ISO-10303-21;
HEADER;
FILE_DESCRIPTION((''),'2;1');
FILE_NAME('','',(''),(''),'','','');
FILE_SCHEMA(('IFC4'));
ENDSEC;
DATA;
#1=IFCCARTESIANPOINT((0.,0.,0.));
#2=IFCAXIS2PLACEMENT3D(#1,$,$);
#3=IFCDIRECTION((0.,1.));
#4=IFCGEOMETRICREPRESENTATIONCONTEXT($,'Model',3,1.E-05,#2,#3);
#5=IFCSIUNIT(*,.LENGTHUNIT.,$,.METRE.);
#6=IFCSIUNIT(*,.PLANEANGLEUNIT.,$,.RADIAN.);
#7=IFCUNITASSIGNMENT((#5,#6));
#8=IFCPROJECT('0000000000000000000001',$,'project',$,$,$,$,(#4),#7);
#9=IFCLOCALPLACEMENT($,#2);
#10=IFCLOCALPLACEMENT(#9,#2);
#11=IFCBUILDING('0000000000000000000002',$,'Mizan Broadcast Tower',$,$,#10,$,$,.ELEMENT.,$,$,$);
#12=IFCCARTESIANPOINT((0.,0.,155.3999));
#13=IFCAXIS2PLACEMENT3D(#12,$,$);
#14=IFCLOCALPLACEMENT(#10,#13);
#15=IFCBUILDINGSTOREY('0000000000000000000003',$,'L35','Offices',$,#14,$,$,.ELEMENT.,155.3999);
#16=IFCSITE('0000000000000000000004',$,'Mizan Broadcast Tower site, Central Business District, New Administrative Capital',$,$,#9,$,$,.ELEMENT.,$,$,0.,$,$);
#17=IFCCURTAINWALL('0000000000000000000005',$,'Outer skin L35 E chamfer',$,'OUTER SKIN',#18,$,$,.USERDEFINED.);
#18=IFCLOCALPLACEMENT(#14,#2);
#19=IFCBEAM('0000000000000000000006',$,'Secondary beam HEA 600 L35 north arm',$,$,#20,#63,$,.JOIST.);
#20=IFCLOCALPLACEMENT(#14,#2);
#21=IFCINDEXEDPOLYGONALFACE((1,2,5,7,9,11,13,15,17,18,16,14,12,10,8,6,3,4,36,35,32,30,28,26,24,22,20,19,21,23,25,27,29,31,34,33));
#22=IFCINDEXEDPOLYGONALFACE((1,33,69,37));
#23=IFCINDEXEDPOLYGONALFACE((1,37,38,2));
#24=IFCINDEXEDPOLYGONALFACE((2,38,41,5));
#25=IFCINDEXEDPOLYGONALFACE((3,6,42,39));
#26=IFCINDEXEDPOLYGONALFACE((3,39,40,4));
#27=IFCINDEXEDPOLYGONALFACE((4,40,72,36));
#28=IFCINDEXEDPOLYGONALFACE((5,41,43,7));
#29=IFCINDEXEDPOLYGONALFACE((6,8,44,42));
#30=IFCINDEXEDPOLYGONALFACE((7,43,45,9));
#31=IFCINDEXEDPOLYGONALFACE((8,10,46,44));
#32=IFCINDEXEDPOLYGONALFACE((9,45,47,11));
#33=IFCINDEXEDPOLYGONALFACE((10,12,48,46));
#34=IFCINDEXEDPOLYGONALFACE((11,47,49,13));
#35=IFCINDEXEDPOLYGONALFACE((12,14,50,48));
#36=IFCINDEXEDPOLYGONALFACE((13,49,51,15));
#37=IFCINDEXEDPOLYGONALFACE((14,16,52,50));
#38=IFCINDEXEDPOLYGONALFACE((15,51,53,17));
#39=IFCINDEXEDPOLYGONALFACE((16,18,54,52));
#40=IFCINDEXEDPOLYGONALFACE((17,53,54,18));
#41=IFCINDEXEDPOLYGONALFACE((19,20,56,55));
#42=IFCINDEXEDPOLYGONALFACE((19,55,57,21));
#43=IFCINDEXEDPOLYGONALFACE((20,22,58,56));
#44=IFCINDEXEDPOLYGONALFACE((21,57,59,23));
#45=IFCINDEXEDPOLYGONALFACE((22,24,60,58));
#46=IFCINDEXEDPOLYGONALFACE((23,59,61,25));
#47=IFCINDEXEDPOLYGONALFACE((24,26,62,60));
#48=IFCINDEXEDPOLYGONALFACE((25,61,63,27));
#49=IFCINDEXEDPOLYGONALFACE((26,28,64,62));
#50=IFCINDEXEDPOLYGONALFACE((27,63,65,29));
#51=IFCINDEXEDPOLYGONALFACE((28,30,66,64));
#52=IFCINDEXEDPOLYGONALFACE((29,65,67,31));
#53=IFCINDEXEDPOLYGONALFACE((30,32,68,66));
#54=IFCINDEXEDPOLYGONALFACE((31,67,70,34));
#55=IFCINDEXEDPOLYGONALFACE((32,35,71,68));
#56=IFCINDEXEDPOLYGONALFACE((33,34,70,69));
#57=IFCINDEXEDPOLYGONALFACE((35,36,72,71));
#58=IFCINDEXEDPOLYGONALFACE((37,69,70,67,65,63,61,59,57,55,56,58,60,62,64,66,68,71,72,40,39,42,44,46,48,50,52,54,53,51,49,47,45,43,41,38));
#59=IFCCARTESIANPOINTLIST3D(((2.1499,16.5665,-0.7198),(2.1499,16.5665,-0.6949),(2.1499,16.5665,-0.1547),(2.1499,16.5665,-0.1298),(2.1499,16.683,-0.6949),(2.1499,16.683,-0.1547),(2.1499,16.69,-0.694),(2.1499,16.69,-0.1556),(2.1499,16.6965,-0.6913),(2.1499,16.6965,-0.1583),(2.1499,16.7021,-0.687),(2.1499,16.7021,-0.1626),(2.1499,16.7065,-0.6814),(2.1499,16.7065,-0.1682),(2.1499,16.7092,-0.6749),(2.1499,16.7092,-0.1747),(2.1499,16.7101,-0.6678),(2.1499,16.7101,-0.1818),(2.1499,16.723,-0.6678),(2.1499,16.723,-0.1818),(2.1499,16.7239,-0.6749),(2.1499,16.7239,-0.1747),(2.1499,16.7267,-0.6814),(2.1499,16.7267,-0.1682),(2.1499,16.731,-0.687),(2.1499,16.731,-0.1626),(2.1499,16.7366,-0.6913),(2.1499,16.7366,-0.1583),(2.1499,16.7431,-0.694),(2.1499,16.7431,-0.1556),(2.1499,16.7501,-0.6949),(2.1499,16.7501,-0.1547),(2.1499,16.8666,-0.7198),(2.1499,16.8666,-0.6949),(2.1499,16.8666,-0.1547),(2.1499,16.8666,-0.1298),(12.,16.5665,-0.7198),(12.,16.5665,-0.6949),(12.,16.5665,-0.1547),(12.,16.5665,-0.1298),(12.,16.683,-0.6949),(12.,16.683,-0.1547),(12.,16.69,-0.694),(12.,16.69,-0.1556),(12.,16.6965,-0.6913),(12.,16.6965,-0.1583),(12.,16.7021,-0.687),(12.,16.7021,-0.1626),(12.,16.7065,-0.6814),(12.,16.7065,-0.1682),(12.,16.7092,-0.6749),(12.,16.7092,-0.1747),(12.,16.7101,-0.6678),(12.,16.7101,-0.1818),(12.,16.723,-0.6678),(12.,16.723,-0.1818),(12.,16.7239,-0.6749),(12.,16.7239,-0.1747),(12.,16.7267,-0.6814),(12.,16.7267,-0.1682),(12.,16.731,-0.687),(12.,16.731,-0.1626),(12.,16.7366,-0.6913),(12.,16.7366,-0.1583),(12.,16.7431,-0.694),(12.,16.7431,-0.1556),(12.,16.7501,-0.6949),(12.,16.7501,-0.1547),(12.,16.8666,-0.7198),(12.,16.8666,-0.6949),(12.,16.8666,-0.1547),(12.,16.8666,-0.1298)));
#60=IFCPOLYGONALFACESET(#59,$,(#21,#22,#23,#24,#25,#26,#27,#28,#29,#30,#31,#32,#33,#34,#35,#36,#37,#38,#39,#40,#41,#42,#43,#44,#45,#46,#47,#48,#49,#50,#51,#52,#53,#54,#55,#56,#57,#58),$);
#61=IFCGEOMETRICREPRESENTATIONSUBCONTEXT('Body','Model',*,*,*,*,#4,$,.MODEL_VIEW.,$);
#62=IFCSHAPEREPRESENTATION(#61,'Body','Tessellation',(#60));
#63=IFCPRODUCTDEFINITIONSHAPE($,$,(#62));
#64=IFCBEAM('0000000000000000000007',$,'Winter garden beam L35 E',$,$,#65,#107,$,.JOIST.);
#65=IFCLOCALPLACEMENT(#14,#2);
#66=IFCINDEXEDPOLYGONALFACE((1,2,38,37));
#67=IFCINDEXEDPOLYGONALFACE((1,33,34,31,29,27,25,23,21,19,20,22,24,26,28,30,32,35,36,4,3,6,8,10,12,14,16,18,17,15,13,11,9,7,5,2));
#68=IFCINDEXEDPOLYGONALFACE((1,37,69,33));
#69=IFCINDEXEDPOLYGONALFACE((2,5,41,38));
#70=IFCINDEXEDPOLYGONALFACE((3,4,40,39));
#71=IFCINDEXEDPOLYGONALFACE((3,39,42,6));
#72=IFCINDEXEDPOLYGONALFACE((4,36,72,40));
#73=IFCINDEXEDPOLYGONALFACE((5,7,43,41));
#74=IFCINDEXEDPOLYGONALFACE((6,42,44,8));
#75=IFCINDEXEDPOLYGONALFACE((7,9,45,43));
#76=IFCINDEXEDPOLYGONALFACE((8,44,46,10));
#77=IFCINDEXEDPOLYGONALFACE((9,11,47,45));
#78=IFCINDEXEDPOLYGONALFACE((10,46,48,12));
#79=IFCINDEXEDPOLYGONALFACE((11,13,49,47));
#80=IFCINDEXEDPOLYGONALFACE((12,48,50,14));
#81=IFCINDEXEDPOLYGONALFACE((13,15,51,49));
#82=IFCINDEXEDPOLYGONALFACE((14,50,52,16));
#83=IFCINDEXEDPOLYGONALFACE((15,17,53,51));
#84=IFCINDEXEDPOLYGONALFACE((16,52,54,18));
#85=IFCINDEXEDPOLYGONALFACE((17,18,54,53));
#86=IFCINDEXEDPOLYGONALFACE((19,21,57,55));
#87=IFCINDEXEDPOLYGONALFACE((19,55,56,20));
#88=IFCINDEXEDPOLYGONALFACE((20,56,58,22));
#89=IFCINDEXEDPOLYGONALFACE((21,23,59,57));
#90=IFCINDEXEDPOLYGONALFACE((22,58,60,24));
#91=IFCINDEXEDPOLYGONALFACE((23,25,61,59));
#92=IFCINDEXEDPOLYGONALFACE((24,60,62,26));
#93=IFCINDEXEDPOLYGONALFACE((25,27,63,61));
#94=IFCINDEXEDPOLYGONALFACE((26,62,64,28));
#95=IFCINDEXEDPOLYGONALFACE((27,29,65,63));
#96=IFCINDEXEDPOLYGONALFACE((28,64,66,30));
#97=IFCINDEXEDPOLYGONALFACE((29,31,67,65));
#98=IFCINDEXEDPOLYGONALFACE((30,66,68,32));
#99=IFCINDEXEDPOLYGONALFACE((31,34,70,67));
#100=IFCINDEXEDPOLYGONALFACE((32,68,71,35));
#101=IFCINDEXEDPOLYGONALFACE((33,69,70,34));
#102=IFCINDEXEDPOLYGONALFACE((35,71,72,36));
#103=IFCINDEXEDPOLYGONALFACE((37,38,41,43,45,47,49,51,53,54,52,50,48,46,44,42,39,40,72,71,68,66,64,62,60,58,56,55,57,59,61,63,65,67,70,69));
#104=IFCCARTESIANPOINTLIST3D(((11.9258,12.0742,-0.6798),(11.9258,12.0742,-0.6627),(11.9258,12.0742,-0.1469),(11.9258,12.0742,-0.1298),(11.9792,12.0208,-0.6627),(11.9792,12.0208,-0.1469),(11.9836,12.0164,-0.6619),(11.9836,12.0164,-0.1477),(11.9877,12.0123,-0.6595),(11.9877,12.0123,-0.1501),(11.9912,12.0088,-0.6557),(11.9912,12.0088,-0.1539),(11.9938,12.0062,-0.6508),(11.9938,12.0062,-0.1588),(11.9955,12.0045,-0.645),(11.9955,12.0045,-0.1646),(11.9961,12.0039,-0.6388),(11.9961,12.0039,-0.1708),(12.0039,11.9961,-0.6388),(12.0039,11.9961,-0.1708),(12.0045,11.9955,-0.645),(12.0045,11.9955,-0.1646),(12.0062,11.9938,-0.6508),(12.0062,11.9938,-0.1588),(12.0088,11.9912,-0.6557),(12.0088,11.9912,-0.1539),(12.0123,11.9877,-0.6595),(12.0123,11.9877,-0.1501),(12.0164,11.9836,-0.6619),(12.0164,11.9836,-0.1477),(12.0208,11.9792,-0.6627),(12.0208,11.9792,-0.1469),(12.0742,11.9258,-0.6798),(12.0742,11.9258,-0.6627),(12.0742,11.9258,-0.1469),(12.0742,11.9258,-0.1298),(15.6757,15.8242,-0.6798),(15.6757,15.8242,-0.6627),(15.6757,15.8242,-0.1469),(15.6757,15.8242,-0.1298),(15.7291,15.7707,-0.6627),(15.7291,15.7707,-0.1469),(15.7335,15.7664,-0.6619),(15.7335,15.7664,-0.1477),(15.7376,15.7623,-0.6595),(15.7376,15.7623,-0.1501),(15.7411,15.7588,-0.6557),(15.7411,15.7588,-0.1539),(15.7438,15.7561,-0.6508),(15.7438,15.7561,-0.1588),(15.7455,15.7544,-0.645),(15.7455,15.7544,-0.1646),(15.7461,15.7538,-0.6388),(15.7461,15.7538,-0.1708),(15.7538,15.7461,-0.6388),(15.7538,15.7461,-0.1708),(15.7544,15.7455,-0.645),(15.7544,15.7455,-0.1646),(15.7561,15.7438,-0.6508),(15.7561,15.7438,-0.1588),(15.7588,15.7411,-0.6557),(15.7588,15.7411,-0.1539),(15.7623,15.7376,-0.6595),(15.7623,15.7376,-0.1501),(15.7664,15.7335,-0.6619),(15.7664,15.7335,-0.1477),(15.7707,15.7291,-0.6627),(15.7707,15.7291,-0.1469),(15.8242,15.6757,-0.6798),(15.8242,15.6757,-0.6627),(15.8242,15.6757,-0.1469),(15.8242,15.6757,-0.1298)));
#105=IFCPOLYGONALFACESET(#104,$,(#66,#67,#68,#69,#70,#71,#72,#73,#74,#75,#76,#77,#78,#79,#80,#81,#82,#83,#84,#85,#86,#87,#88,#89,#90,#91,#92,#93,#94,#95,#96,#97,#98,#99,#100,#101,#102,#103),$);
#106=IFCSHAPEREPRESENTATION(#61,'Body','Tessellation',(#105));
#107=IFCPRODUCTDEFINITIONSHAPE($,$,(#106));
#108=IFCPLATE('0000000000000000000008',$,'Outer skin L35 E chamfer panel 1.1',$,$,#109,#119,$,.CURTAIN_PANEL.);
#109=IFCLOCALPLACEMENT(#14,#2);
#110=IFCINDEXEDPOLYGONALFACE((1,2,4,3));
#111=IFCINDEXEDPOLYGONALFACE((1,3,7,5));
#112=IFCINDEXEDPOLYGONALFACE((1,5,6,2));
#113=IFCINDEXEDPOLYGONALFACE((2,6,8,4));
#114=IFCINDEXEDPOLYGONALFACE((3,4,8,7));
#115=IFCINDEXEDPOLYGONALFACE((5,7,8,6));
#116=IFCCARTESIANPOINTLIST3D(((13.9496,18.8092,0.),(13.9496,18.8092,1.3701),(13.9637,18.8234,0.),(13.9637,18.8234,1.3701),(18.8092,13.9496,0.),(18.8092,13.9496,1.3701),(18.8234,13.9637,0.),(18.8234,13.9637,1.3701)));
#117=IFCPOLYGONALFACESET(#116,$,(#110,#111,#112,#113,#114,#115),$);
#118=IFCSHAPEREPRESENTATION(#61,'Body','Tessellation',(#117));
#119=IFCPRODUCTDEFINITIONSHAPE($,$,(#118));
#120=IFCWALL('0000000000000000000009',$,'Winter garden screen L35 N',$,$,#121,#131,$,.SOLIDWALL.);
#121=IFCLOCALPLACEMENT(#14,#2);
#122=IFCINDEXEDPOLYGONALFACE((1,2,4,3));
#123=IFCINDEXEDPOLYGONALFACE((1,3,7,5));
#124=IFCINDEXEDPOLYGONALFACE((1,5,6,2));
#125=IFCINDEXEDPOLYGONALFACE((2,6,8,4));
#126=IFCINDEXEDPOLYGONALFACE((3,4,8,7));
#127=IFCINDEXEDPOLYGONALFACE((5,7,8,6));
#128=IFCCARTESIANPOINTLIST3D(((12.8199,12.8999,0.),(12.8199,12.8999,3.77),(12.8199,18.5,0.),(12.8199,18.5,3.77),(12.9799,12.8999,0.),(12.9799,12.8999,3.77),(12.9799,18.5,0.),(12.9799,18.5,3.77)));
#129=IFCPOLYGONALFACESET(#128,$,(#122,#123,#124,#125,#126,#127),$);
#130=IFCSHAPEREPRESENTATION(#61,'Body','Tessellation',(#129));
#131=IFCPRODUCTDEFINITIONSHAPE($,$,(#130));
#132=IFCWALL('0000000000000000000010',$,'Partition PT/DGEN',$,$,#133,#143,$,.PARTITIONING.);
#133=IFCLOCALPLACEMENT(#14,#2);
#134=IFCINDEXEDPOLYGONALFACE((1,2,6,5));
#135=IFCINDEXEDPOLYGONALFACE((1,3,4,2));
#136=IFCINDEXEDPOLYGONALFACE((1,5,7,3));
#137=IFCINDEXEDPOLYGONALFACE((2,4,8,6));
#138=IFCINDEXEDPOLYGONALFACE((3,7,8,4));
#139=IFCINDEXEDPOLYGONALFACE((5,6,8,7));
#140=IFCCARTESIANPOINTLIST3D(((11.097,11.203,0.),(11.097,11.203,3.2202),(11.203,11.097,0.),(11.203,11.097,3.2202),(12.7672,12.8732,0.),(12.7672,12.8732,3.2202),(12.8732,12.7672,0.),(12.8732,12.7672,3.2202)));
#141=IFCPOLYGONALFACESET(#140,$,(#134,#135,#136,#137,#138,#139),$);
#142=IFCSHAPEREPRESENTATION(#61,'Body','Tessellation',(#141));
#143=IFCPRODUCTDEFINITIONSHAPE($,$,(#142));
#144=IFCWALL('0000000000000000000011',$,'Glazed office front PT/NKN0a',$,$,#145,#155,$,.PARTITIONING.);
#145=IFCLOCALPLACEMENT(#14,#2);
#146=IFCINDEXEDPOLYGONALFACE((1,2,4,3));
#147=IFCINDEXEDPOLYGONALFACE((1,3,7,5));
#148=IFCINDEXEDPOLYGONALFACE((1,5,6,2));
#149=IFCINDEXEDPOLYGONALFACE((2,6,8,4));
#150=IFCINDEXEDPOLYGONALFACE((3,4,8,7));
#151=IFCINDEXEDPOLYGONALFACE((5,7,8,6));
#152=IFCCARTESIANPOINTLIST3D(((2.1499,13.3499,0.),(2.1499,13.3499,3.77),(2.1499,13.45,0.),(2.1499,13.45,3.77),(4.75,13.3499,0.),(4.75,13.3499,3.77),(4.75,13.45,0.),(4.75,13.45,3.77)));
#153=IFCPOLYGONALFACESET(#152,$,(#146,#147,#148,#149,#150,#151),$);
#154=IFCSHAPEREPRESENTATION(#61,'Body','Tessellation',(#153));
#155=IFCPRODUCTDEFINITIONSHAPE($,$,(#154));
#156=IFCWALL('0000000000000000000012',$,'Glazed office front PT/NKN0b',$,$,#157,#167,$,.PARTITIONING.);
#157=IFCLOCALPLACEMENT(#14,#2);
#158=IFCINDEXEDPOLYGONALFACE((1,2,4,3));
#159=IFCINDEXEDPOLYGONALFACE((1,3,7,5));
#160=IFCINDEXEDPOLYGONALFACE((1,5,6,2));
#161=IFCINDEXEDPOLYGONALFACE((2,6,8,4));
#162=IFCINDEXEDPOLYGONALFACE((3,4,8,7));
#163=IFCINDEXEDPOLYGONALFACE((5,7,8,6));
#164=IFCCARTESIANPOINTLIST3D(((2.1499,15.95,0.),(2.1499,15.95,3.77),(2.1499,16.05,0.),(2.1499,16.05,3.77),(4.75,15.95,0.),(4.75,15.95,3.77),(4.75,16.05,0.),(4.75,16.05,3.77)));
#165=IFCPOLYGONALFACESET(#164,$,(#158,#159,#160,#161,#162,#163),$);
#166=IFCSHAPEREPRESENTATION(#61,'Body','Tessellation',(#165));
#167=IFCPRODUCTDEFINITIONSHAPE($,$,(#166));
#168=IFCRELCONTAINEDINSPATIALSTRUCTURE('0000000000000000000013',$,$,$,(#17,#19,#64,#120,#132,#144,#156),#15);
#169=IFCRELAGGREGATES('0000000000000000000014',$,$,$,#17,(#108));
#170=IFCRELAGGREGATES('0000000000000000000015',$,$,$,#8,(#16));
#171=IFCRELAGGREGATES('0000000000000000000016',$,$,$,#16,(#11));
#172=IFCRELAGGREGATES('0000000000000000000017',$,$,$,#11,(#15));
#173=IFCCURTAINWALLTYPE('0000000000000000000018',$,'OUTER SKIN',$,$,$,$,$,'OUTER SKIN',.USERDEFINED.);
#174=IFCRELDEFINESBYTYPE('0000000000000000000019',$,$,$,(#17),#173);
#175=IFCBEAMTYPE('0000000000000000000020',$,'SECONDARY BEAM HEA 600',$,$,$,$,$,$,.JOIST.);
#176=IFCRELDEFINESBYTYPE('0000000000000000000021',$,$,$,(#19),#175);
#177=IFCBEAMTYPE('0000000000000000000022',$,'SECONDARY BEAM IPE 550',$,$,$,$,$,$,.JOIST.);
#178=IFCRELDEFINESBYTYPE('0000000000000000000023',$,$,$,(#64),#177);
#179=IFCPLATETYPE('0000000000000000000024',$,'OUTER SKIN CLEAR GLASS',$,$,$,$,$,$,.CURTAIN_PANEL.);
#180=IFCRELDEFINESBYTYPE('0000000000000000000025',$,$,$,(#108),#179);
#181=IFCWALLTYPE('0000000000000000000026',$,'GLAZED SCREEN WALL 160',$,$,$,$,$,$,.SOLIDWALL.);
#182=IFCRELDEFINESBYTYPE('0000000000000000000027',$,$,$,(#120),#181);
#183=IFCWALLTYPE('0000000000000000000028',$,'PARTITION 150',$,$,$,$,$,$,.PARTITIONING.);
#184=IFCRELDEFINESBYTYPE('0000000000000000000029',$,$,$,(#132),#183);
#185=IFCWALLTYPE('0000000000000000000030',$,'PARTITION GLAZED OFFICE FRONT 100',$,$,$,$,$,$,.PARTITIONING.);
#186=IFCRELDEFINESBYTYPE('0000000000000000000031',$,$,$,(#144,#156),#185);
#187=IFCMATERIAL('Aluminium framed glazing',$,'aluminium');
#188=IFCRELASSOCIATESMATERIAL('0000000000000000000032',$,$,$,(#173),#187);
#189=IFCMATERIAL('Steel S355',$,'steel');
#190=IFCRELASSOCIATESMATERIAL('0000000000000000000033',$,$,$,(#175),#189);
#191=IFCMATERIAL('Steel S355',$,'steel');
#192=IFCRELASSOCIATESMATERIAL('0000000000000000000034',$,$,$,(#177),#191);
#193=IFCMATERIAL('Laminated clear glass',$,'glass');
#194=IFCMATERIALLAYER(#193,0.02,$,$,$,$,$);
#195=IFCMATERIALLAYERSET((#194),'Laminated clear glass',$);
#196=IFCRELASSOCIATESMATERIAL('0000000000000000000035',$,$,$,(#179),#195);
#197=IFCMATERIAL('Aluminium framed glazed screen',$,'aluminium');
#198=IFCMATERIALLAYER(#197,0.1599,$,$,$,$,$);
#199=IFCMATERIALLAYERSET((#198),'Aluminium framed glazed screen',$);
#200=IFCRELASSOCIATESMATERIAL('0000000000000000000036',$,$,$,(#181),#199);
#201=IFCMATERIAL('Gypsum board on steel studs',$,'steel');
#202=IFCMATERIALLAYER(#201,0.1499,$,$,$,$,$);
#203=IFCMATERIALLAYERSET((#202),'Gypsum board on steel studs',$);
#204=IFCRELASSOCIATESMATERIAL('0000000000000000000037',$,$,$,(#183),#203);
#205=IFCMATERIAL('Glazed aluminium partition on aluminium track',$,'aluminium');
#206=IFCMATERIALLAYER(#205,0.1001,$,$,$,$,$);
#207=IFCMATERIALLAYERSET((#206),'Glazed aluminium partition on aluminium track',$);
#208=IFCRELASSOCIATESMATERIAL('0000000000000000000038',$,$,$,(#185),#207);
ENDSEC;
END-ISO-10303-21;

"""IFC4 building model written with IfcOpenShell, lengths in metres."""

from ifc_helpers import new_model, si_unit, direction, frame, frame_2d, origin, origin_2d, place, context, subcontext, project, spatial, rectangle, i_section, extrude, material, layer, layer_set, material_profile, profile_set, type_object, element, aggregate, save


model = new_model("IFC4")

# Units and contexts
model_context = context("Model", 3, precision=1e-05, world=origin(), true_north=direction((0.0, 1.0)))
body_context = subcontext(model_context, "Body", "Model", "MODEL_VIEW")
ifc_project = project(units=[si_unit("LENGTHUNIT", "METRE"), si_unit("PLANEANGLEUNIT", "RADIAN")], contexts=[model_context])

# Site, building, storey
site_placement = place(None, origin())
site = spatial("IfcSite", under=ifc_project, at=site_placement, Name="Mizan Broadcast Tower site, Central Business District, New Administrative Capital", CompositionType="ELEMENT", RefElevation=0.0)
building_placement = place(site_placement, origin())
building = spatial("IfcBuilding", under=site, at=building_placement, Name="Mizan Broadcast Tower", CompositionType="ELEMENT")
storey_placement = place(building_placement, frame((0.0, 0.0, 155.3999)))
storey = spatial("IfcBuildingStorey", under=building, at=storey_placement, Name="L35", Description="Offices", CompositionType="ELEMENT", Elevation=155.3999)

# Curtain wall
ifc_material_1 = material(Name="Aluminium framed glazing", Category="aluminium")
curtain_wall_type_1 = type_object("IfcCurtainWallType", Name="OUTER SKIN", ElementType="OUTER SKIN", PredefinedType="USERDEFINED", material=ifc_material_1)
curtain_wall_1_placement = place(storey_placement, origin())
curtain_wall_1 = element("IfcCurtainWall", 1, at=curtain_wall_1_placement, inside=storey, type_object=curtain_wall_type_1, Name="Outer skin L35 E chamfer", ObjectType="OUTER SKIN", PredefinedType="USERDEFINED")

# Beams
ifc_material_2 = material(Name="Steel S355", Category="steel")
ifc_material_profile_1 = material_profile(ifc_material_2, i_section(OverallWidth=0.3, OverallDepth=0.5901, WebThickness=0.0129, FlangeThickness=0.0249, FilletRadius=0.0271, at=origin_2d()), Name="HEA 600")
ifc_profile_set_1 = profile_set([ifc_material_profile_1], Name="Steel S355")
beam_type_1 = type_object("IfcBeamType", Name="SECONDARY BEAM HEA 600", PredefinedType="JOIST", material=ifc_profile_set_1)
for number, where, z_axis, x_axis, name in (
    (2, (12.0, 16.7166, -0.4248), (-1.0, 0.0, 0.0), (0.0, -1.0, 0.0), "Secondary beam HEA 600 L35 north arm"),
):
    element("IfcBeam", number, at=place(storey_placement, frame(where, z_axis=z_axis, x_axis=x_axis)), inside=storey, type_object=beam_type_1, Name=name, PredefinedType="JOIST", context=body_context, shape_type="SweptSolid", body=[
        extrude(i_section(OverallWidth=0.3, OverallDepth=0.5901, WebThickness=0.0129, FlangeThickness=0.0249, FilletRadius=0.0271, at=origin_2d()), origin(), (0.0, 0.0, 1.0), 9.8501),
    ])
ifc_material_3 = material(Name="Steel S355", Category="steel")
ifc_material_profile_2 = material_profile(ifc_material_3, i_section(OverallWidth=0.21, OverallDepth=0.55, WebThickness=0.011, FlangeThickness=0.0171, FilletRadius=0.0239, at=origin_2d()), Name="IPE 550")
ifc_profile_set_2 = profile_set([ifc_material_profile_2], Name="Steel S355")
beam_type_2 = type_object("IfcBeamType", Name="SECONDARY BEAM IPE 550", PredefinedType="JOIST", material=ifc_profile_set_2)
beam_placement = place(storey_placement, frame((12.0, 12.0, -0.4048), z_axis=(0.707107, 0.707107, 0.0), x_axis=(-0.707107, 0.707107, 0.0)))
element("IfcBeam", 3, at=beam_placement, inside=storey, type_object=beam_type_2, Name="Winter garden beam L35 E", PredefinedType="JOIST", context=body_context, shape_type="SweptSolid", body=[
    extrude(i_section(OverallWidth=0.21, OverallDepth=0.55, WebThickness=0.011, FlangeThickness=0.0171, FilletRadius=0.0239, at=origin_2d()), origin(), (0.0, 0.0, 1.0), 5.3032),
])

# Plate
ifc_material_4 = material(Name="Laminated clear glass", Category="glass")
ifc_layer_1 = layer(ifc_material_4, 0.02)
ifc_layer_set_1 = layer_set([ifc_layer_1], Name="Laminated clear glass")
plate_type = type_object("IfcPlateType", Name="OUTER SKIN CLEAR GLASS", PredefinedType="CURTAIN_PANEL", material=ifc_layer_set_1)
plate_placement = place(storey_placement, frame((16.3865, 16.3865, 0.0), z_axis=(0.0, 0.0, 1.0), x_axis=(-0.707107, 0.707107, 0.0)))
plate = element("IfcPlate", 4, at=plate_placement, type_object=plate_type, Name="Outer skin L35 E chamfer panel 1.1", PredefinedType="CURTAIN_PANEL", context=body_context, shape_type="SweptSolid", body=[
    extrude(rectangle(XDim=6.8726, YDim=0.02, at=origin_2d()), origin(), (0.0, 0.0, 1.0), 1.3701),
])
aggregate(curtain_wall_1, [plate])

# Walls
ifc_material_5 = material(Name="Aluminium framed glazed screen", Category="aluminium")
ifc_layer_2 = layer(ifc_material_5, 0.1599)
ifc_layer_set_2 = layer_set([ifc_layer_2], Name="Aluminium framed glazed screen")
wall_type_1 = type_object("IfcWallType", Name="GLAZED SCREEN WALL 160", PredefinedType="SOLIDWALL", material=ifc_layer_set_2)
wall_1_placement = place(storey_placement, frame((12.8999, 12.8999, 0.0), z_axis=(0.0, 0.0, 1.0), x_axis=(0.0, 1.0, 0.0)))
element("IfcWall", 5, at=wall_1_placement, inside=storey, type_object=wall_type_1, Name="Winter garden screen L35 N", PredefinedType="SOLIDWALL", context=body_context, shape_type="SweptSolid", body=[
    extrude(rectangle(XDim=5.6001, YDim=0.1599, at=frame_2d((2.8, 0.0))), origin(), (0.0, 0.0, 1.0), 3.77),
])
ifc_material_6 = material(Name="Gypsum board on steel studs", Category="steel")
ifc_layer_3 = layer(ifc_material_6, 0.1499)
ifc_layer_set_3 = layer_set([ifc_layer_3], Name="Gypsum board on steel studs")
wall_type_2 = type_object("IfcWallType", Name="PARTITION 150", PredefinedType="PARTITIONING", material=ifc_layer_set_3)
wall_2_placement = place(storey_placement, frame((11.1499, 11.1499, 0.0), z_axis=(0.0, 0.0, 1.0), x_axis=(0.707107, 0.707107, 0.0)))
element("IfcWall", 6, at=wall_2_placement, inside=storey, type_object=wall_type_2, Name="Partition PT/DGEN", PredefinedType="PARTITIONING", context=body_context, shape_type="SweptSolid", body=[
    extrude(rectangle(XDim=2.3621, YDim=0.1499, at=frame_2d((1.1812, 0.0))), origin(), (0.0, 0.0, 1.0), 3.2202),
])
ifc_material_7 = material(Name="Glazed aluminium partition on aluminium track", Category="aluminium")
ifc_layer_4 = layer(ifc_material_7, 0.1001)
ifc_layer_set_4 = layer_set([ifc_layer_4], Name="Glazed aluminium partition on aluminium track")
wall_type_3 = type_object("IfcWallType", Name="PARTITION GLAZED OFFICE FRONT 100", PredefinedType="PARTITIONING", material=ifc_layer_set_4)
for number, where, z_axis, x_axis, name in (
    (7, (2.1499, 13.3999, 0.0), (0.0, 0.0, 1.0), (1.0, 0.0, 0.0), "Glazed office front PT/NKN0a"),
    (8, (2.1499, 16.0, 0.0), (0.0, 0.0, 1.0), (1.0, 0.0, 0.0), "Glazed office front PT/NKN0b"),
):
    element("IfcWall", number, at=place(storey_placement, frame(where, z_axis=z_axis, x_axis=x_axis)), inside=storey, type_object=wall_type_3, Name=name, PredefinedType="PARTITIONING", context=body_context, shape_type="SweptSolid", body=[
        extrude(rectangle(XDim=2.6001, YDim=0.1001, at=frame_2d((1.3, 0.0))), origin(), (0.0, 0.0, 1.0), 3.77),
    ])

save(model, "model.ifc")
